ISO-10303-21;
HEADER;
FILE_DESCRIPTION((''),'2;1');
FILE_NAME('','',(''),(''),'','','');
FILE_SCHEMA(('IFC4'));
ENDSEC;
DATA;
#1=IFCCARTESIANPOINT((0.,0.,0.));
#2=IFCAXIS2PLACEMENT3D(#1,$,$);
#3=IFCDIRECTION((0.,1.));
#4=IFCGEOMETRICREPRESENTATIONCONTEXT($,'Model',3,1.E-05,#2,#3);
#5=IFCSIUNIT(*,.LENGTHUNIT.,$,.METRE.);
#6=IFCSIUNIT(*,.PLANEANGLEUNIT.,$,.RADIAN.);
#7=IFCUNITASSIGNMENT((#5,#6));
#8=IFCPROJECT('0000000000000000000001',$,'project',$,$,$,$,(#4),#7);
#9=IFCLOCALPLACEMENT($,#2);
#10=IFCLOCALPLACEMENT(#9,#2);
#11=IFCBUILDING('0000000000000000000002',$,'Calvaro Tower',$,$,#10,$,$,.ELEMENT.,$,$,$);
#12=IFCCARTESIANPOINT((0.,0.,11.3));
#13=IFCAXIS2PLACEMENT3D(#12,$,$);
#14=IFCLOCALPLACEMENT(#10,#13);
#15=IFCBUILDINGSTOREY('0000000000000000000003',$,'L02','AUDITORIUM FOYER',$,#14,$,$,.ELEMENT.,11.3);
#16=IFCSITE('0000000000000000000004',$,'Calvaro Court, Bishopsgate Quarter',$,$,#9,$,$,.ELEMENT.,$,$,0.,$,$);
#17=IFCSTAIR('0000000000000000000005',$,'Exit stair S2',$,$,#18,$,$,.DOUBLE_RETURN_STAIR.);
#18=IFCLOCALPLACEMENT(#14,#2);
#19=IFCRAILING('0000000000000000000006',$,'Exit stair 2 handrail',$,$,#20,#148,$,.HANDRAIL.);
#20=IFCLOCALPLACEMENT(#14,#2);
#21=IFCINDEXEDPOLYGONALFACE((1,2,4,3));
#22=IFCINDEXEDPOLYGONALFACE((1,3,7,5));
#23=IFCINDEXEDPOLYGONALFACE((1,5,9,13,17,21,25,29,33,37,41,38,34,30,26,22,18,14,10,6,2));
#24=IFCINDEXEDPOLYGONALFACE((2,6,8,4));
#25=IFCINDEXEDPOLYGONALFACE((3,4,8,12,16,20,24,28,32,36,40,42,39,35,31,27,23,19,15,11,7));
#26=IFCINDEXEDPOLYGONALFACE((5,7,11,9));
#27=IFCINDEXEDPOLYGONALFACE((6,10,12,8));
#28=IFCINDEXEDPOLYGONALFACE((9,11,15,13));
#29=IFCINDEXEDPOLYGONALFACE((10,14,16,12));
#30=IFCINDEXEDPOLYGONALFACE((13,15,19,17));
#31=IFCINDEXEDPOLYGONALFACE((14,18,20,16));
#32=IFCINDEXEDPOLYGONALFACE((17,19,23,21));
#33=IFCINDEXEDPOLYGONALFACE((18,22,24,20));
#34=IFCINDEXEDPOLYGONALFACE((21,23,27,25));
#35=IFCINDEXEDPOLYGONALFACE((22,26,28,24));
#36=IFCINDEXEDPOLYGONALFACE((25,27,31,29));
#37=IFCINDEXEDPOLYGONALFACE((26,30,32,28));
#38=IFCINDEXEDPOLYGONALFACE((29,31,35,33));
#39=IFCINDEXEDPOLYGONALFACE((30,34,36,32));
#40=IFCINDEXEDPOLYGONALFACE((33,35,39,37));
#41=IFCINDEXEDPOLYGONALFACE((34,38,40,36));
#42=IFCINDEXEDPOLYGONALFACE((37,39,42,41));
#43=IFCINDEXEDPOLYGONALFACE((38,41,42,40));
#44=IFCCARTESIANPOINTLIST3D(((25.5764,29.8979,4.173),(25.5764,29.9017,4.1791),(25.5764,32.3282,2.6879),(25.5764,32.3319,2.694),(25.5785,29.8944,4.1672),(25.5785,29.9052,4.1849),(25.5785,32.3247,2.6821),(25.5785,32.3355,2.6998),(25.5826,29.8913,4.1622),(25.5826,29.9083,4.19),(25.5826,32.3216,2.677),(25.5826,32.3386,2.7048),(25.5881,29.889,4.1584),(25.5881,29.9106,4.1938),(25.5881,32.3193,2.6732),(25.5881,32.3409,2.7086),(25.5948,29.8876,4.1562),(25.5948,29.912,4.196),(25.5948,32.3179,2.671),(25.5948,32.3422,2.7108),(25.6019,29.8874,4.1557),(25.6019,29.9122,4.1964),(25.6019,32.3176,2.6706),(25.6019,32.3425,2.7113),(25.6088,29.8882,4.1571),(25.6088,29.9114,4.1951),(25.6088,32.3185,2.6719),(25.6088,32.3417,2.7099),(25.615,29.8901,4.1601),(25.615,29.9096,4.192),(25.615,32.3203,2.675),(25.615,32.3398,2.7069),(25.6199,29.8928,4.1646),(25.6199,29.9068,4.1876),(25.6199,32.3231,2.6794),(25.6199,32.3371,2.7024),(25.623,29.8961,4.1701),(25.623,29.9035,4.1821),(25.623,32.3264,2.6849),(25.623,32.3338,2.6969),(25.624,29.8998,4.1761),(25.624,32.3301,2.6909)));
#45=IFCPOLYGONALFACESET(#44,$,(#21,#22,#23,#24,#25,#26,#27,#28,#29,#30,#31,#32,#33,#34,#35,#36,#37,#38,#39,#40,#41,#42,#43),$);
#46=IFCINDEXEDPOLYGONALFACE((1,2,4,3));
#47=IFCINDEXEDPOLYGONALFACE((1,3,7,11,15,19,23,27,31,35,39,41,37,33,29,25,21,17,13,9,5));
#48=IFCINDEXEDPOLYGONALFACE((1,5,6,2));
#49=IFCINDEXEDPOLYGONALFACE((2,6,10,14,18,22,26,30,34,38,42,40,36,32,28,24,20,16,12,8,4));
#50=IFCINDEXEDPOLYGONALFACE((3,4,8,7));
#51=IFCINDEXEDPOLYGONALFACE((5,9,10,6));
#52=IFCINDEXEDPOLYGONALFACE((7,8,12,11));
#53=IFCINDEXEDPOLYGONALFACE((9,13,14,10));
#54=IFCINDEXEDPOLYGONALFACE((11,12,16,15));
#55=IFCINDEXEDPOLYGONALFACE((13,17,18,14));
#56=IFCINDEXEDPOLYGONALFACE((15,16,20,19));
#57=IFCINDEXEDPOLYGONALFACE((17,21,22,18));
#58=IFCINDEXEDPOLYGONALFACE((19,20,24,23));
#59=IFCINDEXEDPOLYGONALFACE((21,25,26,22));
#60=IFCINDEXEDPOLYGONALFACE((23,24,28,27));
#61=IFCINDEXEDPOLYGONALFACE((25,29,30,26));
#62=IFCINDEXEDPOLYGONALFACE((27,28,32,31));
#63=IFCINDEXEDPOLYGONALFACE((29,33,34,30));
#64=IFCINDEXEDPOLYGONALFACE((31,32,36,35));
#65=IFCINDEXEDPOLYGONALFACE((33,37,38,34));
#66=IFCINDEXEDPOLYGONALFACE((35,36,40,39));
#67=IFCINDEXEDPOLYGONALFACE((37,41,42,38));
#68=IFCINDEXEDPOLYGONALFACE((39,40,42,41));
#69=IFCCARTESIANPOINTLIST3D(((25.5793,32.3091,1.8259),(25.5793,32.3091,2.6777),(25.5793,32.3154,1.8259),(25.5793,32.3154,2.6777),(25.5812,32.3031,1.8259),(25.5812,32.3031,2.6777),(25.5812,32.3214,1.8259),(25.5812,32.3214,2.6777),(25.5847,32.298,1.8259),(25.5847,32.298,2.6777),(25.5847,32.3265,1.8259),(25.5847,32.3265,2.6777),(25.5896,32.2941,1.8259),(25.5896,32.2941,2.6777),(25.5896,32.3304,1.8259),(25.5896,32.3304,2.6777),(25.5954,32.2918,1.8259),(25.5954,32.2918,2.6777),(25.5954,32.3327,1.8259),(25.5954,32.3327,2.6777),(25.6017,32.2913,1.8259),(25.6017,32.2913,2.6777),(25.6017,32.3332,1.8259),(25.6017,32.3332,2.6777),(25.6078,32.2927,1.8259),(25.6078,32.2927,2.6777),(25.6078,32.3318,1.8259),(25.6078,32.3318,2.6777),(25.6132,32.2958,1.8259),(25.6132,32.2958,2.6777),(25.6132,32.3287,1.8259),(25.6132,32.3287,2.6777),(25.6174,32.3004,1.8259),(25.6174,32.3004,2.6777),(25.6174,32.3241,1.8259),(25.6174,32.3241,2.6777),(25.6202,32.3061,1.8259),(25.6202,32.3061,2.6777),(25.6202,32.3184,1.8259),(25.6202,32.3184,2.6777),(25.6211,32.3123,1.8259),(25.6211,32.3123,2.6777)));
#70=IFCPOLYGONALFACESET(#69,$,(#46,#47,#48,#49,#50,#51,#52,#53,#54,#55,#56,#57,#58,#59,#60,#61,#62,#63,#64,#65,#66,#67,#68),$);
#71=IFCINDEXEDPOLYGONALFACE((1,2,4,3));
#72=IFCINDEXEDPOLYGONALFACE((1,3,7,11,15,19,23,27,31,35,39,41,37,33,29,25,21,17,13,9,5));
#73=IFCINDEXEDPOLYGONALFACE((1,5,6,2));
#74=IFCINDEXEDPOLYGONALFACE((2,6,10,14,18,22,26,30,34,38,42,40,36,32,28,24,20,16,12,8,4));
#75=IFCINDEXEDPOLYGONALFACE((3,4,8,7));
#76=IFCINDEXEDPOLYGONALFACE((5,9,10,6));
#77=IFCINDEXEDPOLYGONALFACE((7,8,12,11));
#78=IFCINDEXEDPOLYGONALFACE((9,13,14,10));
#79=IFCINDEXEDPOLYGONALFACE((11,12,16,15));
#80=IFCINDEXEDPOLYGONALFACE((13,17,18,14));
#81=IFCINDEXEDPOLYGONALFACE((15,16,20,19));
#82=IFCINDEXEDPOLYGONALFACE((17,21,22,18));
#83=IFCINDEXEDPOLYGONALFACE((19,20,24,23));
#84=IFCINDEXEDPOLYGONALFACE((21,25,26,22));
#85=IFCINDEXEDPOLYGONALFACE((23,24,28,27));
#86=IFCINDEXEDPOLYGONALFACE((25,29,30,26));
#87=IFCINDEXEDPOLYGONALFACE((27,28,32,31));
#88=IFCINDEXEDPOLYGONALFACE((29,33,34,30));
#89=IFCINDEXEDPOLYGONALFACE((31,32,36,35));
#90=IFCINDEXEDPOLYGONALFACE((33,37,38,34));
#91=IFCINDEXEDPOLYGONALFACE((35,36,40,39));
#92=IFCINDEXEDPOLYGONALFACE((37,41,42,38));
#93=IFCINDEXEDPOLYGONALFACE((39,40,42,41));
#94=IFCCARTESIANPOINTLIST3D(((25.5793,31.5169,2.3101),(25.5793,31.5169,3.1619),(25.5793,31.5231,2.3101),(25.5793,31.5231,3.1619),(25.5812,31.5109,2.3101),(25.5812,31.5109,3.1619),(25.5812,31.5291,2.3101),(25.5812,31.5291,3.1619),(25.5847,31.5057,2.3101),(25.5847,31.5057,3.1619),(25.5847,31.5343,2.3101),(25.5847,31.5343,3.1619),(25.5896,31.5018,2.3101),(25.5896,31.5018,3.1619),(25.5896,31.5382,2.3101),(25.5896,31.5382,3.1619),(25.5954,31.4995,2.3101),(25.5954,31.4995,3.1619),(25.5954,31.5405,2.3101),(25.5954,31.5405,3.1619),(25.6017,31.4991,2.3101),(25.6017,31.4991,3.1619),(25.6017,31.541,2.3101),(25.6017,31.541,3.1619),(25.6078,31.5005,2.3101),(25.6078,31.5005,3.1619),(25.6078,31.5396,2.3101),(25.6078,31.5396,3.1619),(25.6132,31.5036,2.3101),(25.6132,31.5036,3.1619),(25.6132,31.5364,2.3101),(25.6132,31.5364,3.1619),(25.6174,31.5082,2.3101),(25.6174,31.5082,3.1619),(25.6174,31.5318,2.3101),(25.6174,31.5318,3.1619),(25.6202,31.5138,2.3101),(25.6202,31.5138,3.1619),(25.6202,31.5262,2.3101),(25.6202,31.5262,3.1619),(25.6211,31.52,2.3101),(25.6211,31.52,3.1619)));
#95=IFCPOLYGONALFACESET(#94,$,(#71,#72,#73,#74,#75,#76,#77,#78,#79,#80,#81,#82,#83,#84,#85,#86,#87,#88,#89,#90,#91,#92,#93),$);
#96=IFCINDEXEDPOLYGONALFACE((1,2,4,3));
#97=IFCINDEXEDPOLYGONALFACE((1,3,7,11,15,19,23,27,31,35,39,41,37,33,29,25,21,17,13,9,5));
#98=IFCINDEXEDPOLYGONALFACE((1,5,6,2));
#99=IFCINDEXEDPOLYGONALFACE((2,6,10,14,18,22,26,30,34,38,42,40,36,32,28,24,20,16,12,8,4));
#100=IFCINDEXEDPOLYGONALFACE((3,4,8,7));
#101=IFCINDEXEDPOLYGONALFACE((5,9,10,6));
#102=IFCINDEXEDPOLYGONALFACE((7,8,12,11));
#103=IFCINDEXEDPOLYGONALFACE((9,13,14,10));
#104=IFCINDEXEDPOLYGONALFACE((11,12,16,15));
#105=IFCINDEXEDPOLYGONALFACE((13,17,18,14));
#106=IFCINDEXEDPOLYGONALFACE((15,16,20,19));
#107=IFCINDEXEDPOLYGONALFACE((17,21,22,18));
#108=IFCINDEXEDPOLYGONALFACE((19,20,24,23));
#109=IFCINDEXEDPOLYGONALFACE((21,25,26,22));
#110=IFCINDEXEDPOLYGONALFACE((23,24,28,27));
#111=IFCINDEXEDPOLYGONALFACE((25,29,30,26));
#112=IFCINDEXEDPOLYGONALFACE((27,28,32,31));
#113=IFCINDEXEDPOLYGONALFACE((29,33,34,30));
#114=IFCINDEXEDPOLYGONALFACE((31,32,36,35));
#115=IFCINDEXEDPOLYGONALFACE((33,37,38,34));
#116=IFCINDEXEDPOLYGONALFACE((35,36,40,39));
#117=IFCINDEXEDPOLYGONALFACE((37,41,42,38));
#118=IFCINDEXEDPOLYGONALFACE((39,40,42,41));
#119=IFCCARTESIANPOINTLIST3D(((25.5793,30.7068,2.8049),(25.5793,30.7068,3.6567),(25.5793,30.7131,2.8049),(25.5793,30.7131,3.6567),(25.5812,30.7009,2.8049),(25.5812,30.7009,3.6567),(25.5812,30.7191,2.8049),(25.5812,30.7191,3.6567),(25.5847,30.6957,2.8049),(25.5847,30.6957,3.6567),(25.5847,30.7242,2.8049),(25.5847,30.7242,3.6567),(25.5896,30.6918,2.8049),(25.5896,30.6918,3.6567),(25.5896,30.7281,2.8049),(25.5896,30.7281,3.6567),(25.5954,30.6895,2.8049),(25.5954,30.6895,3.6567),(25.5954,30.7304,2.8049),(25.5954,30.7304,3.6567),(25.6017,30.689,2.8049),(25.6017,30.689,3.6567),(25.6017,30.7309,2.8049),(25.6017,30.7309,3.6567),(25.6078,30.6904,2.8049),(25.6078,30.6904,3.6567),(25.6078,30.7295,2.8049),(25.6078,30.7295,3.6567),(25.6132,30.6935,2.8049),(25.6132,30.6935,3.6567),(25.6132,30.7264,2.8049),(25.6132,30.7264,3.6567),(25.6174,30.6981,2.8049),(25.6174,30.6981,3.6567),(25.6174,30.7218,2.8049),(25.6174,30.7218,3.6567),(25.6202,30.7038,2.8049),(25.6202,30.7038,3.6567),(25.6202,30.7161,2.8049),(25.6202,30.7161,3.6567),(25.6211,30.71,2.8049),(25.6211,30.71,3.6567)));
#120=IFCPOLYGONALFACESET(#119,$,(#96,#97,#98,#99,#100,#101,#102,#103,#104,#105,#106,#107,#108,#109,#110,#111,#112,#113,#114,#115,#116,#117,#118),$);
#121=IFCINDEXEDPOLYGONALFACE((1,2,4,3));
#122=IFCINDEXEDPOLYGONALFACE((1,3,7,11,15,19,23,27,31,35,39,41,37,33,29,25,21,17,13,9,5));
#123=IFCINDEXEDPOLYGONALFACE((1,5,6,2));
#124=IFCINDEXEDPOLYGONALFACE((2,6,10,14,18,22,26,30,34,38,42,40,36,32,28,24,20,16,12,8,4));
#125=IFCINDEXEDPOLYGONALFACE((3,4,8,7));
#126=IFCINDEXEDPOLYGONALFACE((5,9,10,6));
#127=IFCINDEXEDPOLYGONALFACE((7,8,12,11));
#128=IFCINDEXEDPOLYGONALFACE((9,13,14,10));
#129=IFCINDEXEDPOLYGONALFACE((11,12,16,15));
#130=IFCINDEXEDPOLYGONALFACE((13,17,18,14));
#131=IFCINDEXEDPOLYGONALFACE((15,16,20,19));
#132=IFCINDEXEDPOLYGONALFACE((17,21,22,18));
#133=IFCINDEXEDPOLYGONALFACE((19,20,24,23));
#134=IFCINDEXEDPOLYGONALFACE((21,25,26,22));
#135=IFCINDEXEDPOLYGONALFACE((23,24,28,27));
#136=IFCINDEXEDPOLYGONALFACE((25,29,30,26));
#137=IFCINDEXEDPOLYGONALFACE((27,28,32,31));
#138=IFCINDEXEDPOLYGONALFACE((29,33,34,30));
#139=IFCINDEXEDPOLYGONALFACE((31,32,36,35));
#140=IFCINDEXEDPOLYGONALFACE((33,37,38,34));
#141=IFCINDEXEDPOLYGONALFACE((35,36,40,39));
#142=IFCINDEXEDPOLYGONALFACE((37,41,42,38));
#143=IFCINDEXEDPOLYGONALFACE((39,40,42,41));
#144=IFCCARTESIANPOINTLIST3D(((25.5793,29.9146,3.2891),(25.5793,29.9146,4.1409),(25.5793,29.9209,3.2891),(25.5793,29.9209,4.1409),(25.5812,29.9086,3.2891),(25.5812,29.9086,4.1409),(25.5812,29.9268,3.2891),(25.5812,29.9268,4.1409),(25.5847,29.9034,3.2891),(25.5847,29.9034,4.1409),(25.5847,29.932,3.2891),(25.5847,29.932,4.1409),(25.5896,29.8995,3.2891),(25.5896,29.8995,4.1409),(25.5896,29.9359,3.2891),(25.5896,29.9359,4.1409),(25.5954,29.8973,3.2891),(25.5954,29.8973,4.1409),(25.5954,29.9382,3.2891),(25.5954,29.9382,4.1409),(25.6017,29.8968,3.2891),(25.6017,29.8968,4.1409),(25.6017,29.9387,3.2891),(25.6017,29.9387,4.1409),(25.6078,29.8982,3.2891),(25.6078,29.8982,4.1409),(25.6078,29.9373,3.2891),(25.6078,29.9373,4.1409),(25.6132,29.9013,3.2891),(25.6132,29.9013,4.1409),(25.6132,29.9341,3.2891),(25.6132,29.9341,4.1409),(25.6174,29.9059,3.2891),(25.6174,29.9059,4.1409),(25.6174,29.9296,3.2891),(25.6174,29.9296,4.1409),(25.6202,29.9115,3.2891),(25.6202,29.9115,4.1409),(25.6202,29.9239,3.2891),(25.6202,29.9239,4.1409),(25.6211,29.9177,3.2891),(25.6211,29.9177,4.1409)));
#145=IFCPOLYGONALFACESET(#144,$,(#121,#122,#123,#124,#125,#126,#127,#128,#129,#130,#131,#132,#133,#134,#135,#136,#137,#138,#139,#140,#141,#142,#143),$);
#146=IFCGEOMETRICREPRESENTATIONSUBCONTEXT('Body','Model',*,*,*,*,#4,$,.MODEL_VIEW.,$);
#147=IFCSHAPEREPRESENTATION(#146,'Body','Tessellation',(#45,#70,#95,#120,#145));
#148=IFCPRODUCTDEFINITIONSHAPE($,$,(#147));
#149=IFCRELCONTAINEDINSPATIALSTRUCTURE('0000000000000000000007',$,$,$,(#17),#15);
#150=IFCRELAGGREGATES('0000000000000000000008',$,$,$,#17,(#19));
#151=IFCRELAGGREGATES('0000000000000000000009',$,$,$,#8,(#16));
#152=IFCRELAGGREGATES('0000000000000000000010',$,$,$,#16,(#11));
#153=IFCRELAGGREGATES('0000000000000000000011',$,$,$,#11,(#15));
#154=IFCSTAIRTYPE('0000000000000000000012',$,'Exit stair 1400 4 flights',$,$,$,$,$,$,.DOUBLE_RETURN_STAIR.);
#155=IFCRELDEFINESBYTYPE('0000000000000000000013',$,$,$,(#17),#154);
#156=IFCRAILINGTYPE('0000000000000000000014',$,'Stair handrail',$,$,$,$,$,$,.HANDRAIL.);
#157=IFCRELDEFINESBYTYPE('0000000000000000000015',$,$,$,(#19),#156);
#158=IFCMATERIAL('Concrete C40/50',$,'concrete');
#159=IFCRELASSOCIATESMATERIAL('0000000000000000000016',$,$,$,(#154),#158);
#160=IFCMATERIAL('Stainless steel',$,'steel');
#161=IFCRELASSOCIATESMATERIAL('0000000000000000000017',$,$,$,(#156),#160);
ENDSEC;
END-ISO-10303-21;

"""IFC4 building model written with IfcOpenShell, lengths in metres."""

from ifc_helpers import new_model, si_unit, direction, frame, origin, origin_2d, place, context, subcontext, project, spatial, circle, extrude, material, type_object, element, aggregate, save


model = new_model("IFC4")

# Units and contexts
model_context = context("Model", 3, precision=1e-05, world=origin(), true_north=direction((0.0, 1.0)))
body_context = subcontext(model_context, "Body", "Model", "MODEL_VIEW")
ifc_project = project(units=[si_unit("LENGTHUNIT", "METRE"), si_unit("PLANEANGLEUNIT", "RADIAN")], contexts=[model_context])

# Site, building, storey
site_placement = place(None, origin())
site = spatial("IfcSite", under=ifc_project, at=site_placement, Name="Calvaro Court, Bishopsgate Quarter", CompositionType="ELEMENT", RefElevation=0.0)
building_placement = place(site_placement, origin())
building = spatial("IfcBuilding", under=site, at=building_placement, Name="Calvaro Tower", CompositionType="ELEMENT")
storey_placement = place(building_placement, frame((0.0, 0.0, 11.3)))
storey = spatial("IfcBuildingStorey", under=building, at=storey_placement, Name="L02", Description="AUDITORIUM FOYER", CompositionType="ELEMENT", Elevation=11.3)

# Stair, railing
ifc_material_1 = material(Name="Concrete C40/50", Category="concrete")
stair_type = type_object("IfcStairType", Name="Exit stair 1400 4 flights", PredefinedType="DOUBLE_RETURN_STAIR", material=ifc_material_1)
stair_placement = place(storey_placement, origin())
stair = element("IfcStair", 1, at=stair_placement, inside=storey, type_object=stair_type, Name="Exit stair S2", PredefinedType="DOUBLE_RETURN_STAIR")
ifc_material_2 = material(Name="Stainless steel", Category="steel")
railing_type = type_object("IfcRailingType", Name="Stair handrail", PredefinedType="HANDRAIL", material=ifc_material_2)
railing_1_placement = place(storey_placement, frame((25.6001, 32.3301, 1.8149)))
railing_1 = element("IfcRailing", 2, at=railing_1_placement, type_object=railing_type, Name="Exit stair 2 handrail", PredefinedType="HANDRAIL", context=body_context, shape_type="SweptSolid", body=[
    extrude(circle(Radius=0.0239, at=origin_2d()), frame((0.0, 0.0, 0.876), z_axis=(0.0, -0.853282, 0.52145), x_axis=(1.0, 0.0, 0.0)), (0.0, 0.0, 1.0), 2.8481),
    extrude(circle(Radius=0.021, at=origin_2d()), frame((0.0, -0.0178, 0.011)), (0.0, 0.0, 1.0), 0.8518),
    extrude(circle(Radius=0.021, at=origin_2d()), frame((0.0, -0.8101, 0.4951)), (0.0, 0.0, 1.0), 0.8518),
    extrude(circle(Radius=0.021, at=origin_2d()), frame((0.0, -1.6201, 0.99)), (0.0, 0.0, 1.0), 0.8518),
    extrude(circle(Radius=0.021, at=origin_2d()), frame((0.0, -2.4124, 1.4741)), (0.0, 0.0, 1.0), 0.8518),
])
aggregate(stair, [railing_1])

save(model, "model.ifc")
